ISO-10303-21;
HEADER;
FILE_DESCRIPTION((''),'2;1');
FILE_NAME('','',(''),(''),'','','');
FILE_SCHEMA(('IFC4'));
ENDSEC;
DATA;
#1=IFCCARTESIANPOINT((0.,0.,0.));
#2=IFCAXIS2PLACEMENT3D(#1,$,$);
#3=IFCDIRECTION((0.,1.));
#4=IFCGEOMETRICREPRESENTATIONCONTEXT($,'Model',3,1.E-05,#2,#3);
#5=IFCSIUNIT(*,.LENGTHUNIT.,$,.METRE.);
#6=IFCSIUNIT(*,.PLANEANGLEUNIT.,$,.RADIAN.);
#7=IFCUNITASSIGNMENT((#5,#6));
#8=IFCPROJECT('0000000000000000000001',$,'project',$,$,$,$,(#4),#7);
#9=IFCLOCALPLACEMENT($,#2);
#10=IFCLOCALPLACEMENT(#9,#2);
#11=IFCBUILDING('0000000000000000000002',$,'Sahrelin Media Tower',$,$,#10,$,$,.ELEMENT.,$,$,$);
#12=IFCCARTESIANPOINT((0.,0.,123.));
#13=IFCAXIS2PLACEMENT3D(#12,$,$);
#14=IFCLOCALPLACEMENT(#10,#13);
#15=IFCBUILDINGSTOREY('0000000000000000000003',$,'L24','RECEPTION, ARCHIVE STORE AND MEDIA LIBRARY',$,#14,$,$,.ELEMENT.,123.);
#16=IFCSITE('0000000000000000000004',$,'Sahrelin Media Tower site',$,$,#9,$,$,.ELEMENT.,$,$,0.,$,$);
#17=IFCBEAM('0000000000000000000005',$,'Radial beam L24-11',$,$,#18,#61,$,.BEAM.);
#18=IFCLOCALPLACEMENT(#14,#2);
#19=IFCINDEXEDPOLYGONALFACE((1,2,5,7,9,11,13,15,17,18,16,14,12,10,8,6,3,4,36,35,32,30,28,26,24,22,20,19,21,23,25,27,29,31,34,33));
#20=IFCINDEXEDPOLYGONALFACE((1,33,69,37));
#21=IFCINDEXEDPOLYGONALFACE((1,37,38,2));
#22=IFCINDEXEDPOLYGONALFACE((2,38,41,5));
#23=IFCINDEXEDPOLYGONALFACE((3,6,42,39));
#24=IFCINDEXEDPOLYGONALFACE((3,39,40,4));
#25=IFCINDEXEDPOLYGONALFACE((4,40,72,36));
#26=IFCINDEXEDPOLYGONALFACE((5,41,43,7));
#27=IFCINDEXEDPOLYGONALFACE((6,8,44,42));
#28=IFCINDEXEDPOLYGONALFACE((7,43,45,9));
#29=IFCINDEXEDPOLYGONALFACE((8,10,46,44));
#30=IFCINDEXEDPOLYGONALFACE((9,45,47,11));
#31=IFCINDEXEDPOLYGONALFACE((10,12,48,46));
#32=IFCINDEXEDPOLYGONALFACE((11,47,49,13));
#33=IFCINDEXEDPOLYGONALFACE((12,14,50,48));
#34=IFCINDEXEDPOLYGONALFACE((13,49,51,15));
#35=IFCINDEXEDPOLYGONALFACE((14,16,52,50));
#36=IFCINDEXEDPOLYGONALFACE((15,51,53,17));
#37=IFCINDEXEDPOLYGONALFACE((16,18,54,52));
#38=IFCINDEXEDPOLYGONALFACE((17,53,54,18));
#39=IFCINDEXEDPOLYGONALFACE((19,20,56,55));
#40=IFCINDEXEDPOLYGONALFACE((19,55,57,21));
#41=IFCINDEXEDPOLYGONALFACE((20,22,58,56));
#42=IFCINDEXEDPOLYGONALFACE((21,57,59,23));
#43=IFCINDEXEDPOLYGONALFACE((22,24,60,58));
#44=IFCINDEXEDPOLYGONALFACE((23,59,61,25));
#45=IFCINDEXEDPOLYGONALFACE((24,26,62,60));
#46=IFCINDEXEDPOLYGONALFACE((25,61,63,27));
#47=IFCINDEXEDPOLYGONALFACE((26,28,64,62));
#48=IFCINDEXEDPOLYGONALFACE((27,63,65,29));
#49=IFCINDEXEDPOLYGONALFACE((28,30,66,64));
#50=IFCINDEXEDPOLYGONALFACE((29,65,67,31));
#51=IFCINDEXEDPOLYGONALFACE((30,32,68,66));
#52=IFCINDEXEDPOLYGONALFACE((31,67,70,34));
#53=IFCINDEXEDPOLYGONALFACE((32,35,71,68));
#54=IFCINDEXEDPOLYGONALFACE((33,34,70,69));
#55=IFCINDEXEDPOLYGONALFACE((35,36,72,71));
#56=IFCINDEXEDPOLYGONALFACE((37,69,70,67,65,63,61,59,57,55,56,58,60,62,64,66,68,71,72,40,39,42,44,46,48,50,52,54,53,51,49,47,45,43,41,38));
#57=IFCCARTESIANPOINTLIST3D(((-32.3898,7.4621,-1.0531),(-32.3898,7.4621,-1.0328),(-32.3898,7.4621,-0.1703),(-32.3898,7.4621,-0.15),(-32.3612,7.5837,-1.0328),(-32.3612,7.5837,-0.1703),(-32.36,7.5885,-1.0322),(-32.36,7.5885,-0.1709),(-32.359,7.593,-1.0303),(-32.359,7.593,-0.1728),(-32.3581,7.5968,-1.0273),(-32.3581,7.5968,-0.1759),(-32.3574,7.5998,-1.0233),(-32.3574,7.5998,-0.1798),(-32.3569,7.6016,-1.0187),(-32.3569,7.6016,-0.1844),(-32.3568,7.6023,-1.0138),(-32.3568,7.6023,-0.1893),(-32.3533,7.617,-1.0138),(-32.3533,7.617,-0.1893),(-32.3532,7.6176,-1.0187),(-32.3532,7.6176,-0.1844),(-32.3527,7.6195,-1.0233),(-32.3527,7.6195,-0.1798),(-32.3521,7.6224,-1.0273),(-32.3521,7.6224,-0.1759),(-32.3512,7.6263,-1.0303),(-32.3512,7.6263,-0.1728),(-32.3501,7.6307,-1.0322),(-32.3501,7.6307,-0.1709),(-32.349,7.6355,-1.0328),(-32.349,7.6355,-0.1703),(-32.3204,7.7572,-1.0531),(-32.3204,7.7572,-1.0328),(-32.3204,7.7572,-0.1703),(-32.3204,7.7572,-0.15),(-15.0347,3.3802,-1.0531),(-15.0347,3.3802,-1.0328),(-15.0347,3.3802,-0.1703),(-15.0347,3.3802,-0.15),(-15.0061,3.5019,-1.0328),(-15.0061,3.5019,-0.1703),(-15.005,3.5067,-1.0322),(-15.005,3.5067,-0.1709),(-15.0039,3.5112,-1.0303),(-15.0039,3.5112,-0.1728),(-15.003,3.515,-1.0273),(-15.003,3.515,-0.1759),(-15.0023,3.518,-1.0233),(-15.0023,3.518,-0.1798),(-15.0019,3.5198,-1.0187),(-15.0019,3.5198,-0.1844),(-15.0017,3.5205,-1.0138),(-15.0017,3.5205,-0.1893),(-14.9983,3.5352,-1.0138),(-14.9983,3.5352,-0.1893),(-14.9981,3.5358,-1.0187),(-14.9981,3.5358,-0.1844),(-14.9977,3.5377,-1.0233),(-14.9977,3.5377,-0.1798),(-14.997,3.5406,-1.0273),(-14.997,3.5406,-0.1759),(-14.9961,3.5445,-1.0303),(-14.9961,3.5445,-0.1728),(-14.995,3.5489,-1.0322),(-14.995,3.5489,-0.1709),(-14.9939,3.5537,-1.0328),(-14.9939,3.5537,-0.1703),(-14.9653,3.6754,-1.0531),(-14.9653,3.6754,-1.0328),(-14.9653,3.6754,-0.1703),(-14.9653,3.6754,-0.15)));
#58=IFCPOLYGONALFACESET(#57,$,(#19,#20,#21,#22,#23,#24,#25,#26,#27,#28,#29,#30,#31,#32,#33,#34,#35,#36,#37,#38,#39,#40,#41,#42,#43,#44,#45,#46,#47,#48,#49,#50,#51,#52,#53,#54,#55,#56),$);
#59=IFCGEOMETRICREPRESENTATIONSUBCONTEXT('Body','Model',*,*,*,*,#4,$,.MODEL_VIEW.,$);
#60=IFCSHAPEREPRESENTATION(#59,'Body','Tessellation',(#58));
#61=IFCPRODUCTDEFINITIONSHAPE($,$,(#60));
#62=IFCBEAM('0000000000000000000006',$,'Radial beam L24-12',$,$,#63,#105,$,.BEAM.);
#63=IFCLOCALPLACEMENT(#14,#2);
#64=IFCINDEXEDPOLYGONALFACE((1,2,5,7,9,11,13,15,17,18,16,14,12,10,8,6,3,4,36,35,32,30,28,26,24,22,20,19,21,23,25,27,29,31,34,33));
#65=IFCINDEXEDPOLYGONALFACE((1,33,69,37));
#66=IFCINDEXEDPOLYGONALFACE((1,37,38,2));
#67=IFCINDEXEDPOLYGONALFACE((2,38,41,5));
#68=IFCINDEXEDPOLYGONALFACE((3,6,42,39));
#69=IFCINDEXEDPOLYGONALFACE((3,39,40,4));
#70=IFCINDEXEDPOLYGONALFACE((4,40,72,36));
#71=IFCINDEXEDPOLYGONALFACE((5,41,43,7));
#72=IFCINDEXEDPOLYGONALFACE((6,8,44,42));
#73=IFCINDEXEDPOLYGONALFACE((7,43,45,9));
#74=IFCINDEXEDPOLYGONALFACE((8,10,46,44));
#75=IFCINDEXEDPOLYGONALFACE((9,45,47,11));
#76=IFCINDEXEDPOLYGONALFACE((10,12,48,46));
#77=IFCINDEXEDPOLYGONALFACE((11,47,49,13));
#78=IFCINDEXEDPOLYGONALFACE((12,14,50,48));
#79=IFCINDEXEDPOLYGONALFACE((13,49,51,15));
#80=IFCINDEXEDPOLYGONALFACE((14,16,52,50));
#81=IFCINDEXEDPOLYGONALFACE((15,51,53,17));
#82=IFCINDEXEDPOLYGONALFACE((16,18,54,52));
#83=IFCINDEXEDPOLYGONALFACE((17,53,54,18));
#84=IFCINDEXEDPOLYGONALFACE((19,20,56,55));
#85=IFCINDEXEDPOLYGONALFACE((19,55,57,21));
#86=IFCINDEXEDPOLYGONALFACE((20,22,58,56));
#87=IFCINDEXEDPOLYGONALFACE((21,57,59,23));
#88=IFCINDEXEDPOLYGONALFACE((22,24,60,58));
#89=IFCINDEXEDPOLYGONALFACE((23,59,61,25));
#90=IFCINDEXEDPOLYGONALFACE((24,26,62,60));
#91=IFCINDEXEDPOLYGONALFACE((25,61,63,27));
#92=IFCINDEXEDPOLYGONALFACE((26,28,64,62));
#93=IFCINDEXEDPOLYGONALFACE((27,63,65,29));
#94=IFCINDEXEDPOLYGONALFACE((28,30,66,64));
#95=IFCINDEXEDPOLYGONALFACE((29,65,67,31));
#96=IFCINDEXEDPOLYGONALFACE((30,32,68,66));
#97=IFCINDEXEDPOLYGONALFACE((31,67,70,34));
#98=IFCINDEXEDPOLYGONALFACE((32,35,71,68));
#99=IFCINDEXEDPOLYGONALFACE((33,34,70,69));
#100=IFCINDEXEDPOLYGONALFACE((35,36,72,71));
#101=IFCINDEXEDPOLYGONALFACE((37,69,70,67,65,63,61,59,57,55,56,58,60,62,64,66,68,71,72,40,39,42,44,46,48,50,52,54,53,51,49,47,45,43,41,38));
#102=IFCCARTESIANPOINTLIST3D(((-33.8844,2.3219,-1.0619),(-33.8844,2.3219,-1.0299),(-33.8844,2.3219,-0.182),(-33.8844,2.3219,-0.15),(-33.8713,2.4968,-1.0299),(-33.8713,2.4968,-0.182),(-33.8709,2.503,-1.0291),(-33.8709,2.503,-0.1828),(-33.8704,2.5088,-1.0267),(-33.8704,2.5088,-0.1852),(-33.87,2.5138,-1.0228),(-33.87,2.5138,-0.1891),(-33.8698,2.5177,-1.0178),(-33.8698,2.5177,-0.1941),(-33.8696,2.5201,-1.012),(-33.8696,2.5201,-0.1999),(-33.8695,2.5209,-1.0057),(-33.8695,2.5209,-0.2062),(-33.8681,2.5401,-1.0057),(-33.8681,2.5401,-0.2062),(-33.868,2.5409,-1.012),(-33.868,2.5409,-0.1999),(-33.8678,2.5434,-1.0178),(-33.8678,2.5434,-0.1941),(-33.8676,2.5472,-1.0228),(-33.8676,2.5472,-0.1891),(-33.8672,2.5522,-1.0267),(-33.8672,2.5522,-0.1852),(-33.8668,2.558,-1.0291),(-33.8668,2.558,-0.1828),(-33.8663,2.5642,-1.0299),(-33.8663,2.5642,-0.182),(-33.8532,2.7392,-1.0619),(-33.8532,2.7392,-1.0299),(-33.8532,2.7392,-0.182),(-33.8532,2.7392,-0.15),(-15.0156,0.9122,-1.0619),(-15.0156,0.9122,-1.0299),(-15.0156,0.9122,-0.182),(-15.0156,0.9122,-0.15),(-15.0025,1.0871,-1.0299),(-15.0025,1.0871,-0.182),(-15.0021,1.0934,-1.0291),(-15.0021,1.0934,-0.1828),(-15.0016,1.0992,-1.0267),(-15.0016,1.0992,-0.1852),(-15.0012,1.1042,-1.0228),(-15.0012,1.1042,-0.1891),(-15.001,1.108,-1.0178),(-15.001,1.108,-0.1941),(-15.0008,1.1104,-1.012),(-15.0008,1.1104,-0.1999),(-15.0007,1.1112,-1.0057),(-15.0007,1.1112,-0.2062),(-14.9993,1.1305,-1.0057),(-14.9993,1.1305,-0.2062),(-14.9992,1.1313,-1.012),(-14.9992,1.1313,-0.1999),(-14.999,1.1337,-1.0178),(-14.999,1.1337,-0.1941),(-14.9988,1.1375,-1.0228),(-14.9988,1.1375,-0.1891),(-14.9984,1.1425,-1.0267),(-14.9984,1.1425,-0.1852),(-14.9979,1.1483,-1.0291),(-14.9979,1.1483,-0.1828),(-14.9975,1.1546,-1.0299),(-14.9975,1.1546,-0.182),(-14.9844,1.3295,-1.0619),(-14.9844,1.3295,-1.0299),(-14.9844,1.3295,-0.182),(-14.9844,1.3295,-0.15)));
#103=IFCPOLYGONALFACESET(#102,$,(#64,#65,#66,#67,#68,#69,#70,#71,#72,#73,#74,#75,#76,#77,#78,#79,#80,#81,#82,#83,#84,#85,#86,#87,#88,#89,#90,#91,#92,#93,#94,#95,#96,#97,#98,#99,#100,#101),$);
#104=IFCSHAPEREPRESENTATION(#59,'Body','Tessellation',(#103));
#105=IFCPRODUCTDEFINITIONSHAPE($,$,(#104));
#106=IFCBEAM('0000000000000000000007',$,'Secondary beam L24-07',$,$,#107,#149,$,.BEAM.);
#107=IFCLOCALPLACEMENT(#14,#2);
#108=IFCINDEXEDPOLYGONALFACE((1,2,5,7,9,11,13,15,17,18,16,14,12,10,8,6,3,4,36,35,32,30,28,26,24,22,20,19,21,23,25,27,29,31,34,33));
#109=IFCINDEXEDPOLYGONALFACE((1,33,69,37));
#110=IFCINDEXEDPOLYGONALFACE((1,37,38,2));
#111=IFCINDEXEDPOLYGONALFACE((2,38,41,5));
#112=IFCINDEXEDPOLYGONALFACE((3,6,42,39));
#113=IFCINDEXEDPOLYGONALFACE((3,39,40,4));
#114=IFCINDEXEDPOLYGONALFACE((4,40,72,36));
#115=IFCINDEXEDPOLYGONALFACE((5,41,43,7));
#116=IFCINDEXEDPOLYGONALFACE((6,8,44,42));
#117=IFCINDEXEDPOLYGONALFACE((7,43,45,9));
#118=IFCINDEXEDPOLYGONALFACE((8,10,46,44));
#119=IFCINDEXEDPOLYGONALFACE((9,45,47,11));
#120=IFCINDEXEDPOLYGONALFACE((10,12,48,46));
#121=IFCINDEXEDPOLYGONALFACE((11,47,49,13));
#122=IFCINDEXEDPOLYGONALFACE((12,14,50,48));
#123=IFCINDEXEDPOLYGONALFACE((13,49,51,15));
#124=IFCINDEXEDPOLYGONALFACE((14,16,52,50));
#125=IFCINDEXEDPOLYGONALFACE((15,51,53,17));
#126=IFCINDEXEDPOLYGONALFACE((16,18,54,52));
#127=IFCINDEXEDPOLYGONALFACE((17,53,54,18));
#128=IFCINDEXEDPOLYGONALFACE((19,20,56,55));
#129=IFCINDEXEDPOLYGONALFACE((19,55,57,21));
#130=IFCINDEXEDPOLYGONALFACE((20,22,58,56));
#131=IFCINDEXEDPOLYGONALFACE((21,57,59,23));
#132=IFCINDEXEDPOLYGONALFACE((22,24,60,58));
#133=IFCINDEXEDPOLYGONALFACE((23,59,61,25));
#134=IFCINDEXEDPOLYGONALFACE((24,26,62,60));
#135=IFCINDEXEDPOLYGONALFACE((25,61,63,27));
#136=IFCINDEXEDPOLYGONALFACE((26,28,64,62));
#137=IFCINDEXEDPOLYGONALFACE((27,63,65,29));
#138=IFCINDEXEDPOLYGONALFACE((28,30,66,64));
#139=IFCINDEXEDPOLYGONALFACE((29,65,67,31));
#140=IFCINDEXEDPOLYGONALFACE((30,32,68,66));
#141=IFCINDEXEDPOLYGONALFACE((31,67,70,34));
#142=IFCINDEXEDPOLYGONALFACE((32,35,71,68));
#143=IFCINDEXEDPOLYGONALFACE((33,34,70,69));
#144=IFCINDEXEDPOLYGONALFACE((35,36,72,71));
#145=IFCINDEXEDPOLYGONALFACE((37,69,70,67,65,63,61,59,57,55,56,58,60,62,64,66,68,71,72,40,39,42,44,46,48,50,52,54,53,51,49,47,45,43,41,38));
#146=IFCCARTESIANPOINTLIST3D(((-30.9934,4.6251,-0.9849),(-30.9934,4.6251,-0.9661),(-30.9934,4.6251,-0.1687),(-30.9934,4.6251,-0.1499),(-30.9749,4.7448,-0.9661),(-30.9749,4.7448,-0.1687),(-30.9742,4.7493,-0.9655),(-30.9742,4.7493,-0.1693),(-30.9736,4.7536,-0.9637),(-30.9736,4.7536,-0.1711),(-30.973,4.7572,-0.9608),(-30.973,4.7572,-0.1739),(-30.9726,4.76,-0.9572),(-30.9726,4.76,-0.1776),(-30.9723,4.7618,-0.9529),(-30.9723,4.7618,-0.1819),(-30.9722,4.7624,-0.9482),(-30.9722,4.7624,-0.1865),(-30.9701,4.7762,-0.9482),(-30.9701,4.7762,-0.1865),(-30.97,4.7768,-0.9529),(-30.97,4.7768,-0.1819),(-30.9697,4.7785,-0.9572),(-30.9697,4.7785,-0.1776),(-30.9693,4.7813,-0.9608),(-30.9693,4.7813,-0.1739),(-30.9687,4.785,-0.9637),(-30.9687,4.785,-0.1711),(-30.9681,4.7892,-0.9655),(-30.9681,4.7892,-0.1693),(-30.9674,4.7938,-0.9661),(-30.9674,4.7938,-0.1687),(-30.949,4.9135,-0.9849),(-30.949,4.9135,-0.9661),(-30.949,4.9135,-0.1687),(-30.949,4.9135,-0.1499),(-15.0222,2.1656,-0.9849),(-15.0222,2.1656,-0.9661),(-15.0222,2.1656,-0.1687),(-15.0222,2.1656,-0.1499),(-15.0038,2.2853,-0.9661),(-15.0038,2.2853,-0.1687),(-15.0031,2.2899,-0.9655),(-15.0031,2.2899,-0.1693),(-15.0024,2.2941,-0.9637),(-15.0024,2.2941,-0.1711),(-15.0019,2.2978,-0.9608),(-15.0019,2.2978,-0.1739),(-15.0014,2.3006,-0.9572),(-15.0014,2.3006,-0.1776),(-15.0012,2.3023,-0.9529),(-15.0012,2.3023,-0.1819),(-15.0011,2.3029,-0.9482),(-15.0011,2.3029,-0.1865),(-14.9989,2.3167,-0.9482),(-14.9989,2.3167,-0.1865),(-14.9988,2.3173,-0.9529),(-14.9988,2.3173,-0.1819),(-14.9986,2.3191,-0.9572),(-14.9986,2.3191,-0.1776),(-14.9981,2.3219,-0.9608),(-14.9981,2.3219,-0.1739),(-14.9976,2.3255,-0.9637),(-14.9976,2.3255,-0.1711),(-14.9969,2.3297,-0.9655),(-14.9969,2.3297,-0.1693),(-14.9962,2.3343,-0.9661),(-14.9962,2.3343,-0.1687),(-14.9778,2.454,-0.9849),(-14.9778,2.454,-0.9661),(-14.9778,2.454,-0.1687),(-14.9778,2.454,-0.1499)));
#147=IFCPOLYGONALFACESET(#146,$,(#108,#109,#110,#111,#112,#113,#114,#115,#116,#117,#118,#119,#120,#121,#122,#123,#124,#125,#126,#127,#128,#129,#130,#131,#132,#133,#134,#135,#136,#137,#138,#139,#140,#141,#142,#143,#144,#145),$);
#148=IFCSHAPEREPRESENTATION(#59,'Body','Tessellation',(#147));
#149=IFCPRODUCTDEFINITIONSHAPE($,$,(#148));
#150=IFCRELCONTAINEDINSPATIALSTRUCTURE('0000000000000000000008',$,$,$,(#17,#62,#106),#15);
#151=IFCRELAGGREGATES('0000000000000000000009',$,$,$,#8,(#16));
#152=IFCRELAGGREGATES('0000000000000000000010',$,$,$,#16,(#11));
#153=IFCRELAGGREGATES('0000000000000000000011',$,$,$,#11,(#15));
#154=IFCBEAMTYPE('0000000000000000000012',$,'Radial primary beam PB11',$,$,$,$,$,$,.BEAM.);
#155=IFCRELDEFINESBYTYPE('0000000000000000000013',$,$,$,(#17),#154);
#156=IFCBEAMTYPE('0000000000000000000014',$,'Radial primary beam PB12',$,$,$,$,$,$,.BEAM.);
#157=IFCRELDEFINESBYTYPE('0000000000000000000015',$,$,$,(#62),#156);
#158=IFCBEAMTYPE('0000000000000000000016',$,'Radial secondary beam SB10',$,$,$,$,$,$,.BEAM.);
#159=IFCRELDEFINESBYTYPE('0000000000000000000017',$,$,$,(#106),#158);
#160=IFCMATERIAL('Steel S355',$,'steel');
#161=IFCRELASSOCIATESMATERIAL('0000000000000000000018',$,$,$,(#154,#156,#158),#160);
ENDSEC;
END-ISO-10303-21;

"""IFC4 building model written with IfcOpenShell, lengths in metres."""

from ifc_helpers import new_model, si_unit, direction, frame, origin, origin_2d, place, context, subcontext, project, spatial, i_section, extrude, material, material_profile, profile_set, type_object, element, save


model = new_model("IFC4")

# Units and contexts
model_context = context("Model", 3, precision=1e-05, world=origin(), true_north=direction((0.0, 1.0)))
body_context = subcontext(model_context, "Body", "Model", "MODEL_VIEW")
ifc_project = project(units=[si_unit("LENGTHUNIT", "METRE"), si_unit("PLANEANGLEUNIT", "RADIAN")], contexts=[model_context])

# Site, building, storey
site_placement = place(None, origin())
site = spatial("IfcSite", under=ifc_project, at=site_placement, Name="Sahrelin Media Tower site", CompositionType="ELEMENT", RefElevation=0.0)
building_placement = place(site_placement, origin())
building = spatial("IfcBuilding", under=site, at=building_placement, Name="Sahrelin Media Tower", CompositionType="ELEMENT")
storey_placement = place(building_placement, frame((0.0, 0.0, 123.0)))
storey = spatial("IfcBuildingStorey", under=building, at=storey_placement, Name="L24", Description="RECEPTION, ARCHIVE STORE AND MEDIA LIBRARY", CompositionType="ELEMENT", Elevation=123.0)

# Beams
ifc_material_1 = material(Name="Steel S355", Category="steel")
ifc_material_profile_1 = material_profile(ifc_material_1, i_section(OverallWidth=0.3032, OverallDepth=0.9031, WebThickness=0.0151, FlangeThickness=0.0203, FilletRadius=0.019, at=origin_2d()), Name="UB 914x305x201")
ifc_profile_set_1 = profile_set([ifc_material_profile_1], Name="Steel S355")
beam_type_1 = type_object("IfcBeamType", Name="Radial primary beam PB11", PredefinedType="BEAM", material=ifc_profile_set_1)
beam_1_placement = place(storey_placement, frame((-15.0, 3.5278, -0.6016), z_axis=(-0.973439, 0.228947, 0.0), x_axis=(-0.228947, -0.973439, 0.0)))
element("IfcBeam", 1, at=beam_1_placement, inside=storey, type_object=beam_type_1, Name="Radial beam L24-11", PredefinedType="BEAM", context=body_context, shape_type="SweptSolid", body=[
    extrude(i_section(OverallWidth=0.3032, OverallDepth=0.9031, WebThickness=0.0151, FlangeThickness=0.0203, FilletRadius=0.019, at=origin_2d()), origin(), (0.0, 0.0, 1.0), 17.8286),
])
ifc_material_profile_2 = material_profile(ifc_material_1, i_section(OverallWidth=0.4185, OverallDepth=0.9119, WebThickness=0.0193, FlangeThickness=0.032, FilletRadius=0.0242, at=origin_2d()), Name="UB 914x419x343")
ifc_profile_set_2 = profile_set([ifc_material_profile_2], Name="Steel S355")
beam_type_2 = type_object("IfcBeamType", Name="Radial primary beam PB12", PredefinedType="BEAM", material=ifc_profile_set_2)
beam_2_placement = place(storey_placement, frame((-15.0, 1.1208, -0.606), z_axis=(-0.997221, 0.074501, 0.0), x_axis=(-0.074501, -0.997221, 0.0)))
element("IfcBeam", 2, at=beam_2_placement, inside=storey, type_object=beam_type_2, Name="Radial beam L24-12", PredefinedType="BEAM", context=body_context, shape_type="SweptSolid", body=[
    extrude(i_section(OverallWidth=0.4185, OverallDepth=0.9119, WebThickness=0.0193, FlangeThickness=0.032, FilletRadius=0.0242, at=origin_2d()), origin(), (0.0, 0.0, 1.0), 18.9214),
])
ifc_material_profile_3 = material_profile(ifc_material_1, i_section(OverallWidth=0.2917, OverallDepth=0.835, WebThickness=0.0139, FlangeThickness=0.0188, FilletRadius=0.0178, at=origin_2d()), Name="UB 838x292x176")
ifc_profile_set_3 = profile_set([ifc_material_profile_3], Name="Steel S355")
beam_type_3 = type_object("IfcBeamType", Name="Radial secondary beam SB10", PredefinedType="BEAM", material=ifc_profile_set_3)
beam_3_placement = place(storey_placement, frame((-15.0, 2.3098, -0.5674), z_axis=(-0.98835, 0.1522, 0.0), x_axis=(-0.1522, -0.98835, 0.0)))
element("IfcBeam", 3, at=beam_3_placement, inside=storey, type_object=beam_type_3, Name="Secondary beam L24-07", PredefinedType="BEAM", context=body_context, shape_type="SweptSolid", body=[
    extrude(i_section(OverallWidth=0.2917, OverallDepth=0.835, WebThickness=0.0139, FlangeThickness=0.0188, FilletRadius=0.0178, at=origin_2d()), origin(), (0.0, 0.0, 1.0), 16.1594),
])

save(model, "model.ifc")
